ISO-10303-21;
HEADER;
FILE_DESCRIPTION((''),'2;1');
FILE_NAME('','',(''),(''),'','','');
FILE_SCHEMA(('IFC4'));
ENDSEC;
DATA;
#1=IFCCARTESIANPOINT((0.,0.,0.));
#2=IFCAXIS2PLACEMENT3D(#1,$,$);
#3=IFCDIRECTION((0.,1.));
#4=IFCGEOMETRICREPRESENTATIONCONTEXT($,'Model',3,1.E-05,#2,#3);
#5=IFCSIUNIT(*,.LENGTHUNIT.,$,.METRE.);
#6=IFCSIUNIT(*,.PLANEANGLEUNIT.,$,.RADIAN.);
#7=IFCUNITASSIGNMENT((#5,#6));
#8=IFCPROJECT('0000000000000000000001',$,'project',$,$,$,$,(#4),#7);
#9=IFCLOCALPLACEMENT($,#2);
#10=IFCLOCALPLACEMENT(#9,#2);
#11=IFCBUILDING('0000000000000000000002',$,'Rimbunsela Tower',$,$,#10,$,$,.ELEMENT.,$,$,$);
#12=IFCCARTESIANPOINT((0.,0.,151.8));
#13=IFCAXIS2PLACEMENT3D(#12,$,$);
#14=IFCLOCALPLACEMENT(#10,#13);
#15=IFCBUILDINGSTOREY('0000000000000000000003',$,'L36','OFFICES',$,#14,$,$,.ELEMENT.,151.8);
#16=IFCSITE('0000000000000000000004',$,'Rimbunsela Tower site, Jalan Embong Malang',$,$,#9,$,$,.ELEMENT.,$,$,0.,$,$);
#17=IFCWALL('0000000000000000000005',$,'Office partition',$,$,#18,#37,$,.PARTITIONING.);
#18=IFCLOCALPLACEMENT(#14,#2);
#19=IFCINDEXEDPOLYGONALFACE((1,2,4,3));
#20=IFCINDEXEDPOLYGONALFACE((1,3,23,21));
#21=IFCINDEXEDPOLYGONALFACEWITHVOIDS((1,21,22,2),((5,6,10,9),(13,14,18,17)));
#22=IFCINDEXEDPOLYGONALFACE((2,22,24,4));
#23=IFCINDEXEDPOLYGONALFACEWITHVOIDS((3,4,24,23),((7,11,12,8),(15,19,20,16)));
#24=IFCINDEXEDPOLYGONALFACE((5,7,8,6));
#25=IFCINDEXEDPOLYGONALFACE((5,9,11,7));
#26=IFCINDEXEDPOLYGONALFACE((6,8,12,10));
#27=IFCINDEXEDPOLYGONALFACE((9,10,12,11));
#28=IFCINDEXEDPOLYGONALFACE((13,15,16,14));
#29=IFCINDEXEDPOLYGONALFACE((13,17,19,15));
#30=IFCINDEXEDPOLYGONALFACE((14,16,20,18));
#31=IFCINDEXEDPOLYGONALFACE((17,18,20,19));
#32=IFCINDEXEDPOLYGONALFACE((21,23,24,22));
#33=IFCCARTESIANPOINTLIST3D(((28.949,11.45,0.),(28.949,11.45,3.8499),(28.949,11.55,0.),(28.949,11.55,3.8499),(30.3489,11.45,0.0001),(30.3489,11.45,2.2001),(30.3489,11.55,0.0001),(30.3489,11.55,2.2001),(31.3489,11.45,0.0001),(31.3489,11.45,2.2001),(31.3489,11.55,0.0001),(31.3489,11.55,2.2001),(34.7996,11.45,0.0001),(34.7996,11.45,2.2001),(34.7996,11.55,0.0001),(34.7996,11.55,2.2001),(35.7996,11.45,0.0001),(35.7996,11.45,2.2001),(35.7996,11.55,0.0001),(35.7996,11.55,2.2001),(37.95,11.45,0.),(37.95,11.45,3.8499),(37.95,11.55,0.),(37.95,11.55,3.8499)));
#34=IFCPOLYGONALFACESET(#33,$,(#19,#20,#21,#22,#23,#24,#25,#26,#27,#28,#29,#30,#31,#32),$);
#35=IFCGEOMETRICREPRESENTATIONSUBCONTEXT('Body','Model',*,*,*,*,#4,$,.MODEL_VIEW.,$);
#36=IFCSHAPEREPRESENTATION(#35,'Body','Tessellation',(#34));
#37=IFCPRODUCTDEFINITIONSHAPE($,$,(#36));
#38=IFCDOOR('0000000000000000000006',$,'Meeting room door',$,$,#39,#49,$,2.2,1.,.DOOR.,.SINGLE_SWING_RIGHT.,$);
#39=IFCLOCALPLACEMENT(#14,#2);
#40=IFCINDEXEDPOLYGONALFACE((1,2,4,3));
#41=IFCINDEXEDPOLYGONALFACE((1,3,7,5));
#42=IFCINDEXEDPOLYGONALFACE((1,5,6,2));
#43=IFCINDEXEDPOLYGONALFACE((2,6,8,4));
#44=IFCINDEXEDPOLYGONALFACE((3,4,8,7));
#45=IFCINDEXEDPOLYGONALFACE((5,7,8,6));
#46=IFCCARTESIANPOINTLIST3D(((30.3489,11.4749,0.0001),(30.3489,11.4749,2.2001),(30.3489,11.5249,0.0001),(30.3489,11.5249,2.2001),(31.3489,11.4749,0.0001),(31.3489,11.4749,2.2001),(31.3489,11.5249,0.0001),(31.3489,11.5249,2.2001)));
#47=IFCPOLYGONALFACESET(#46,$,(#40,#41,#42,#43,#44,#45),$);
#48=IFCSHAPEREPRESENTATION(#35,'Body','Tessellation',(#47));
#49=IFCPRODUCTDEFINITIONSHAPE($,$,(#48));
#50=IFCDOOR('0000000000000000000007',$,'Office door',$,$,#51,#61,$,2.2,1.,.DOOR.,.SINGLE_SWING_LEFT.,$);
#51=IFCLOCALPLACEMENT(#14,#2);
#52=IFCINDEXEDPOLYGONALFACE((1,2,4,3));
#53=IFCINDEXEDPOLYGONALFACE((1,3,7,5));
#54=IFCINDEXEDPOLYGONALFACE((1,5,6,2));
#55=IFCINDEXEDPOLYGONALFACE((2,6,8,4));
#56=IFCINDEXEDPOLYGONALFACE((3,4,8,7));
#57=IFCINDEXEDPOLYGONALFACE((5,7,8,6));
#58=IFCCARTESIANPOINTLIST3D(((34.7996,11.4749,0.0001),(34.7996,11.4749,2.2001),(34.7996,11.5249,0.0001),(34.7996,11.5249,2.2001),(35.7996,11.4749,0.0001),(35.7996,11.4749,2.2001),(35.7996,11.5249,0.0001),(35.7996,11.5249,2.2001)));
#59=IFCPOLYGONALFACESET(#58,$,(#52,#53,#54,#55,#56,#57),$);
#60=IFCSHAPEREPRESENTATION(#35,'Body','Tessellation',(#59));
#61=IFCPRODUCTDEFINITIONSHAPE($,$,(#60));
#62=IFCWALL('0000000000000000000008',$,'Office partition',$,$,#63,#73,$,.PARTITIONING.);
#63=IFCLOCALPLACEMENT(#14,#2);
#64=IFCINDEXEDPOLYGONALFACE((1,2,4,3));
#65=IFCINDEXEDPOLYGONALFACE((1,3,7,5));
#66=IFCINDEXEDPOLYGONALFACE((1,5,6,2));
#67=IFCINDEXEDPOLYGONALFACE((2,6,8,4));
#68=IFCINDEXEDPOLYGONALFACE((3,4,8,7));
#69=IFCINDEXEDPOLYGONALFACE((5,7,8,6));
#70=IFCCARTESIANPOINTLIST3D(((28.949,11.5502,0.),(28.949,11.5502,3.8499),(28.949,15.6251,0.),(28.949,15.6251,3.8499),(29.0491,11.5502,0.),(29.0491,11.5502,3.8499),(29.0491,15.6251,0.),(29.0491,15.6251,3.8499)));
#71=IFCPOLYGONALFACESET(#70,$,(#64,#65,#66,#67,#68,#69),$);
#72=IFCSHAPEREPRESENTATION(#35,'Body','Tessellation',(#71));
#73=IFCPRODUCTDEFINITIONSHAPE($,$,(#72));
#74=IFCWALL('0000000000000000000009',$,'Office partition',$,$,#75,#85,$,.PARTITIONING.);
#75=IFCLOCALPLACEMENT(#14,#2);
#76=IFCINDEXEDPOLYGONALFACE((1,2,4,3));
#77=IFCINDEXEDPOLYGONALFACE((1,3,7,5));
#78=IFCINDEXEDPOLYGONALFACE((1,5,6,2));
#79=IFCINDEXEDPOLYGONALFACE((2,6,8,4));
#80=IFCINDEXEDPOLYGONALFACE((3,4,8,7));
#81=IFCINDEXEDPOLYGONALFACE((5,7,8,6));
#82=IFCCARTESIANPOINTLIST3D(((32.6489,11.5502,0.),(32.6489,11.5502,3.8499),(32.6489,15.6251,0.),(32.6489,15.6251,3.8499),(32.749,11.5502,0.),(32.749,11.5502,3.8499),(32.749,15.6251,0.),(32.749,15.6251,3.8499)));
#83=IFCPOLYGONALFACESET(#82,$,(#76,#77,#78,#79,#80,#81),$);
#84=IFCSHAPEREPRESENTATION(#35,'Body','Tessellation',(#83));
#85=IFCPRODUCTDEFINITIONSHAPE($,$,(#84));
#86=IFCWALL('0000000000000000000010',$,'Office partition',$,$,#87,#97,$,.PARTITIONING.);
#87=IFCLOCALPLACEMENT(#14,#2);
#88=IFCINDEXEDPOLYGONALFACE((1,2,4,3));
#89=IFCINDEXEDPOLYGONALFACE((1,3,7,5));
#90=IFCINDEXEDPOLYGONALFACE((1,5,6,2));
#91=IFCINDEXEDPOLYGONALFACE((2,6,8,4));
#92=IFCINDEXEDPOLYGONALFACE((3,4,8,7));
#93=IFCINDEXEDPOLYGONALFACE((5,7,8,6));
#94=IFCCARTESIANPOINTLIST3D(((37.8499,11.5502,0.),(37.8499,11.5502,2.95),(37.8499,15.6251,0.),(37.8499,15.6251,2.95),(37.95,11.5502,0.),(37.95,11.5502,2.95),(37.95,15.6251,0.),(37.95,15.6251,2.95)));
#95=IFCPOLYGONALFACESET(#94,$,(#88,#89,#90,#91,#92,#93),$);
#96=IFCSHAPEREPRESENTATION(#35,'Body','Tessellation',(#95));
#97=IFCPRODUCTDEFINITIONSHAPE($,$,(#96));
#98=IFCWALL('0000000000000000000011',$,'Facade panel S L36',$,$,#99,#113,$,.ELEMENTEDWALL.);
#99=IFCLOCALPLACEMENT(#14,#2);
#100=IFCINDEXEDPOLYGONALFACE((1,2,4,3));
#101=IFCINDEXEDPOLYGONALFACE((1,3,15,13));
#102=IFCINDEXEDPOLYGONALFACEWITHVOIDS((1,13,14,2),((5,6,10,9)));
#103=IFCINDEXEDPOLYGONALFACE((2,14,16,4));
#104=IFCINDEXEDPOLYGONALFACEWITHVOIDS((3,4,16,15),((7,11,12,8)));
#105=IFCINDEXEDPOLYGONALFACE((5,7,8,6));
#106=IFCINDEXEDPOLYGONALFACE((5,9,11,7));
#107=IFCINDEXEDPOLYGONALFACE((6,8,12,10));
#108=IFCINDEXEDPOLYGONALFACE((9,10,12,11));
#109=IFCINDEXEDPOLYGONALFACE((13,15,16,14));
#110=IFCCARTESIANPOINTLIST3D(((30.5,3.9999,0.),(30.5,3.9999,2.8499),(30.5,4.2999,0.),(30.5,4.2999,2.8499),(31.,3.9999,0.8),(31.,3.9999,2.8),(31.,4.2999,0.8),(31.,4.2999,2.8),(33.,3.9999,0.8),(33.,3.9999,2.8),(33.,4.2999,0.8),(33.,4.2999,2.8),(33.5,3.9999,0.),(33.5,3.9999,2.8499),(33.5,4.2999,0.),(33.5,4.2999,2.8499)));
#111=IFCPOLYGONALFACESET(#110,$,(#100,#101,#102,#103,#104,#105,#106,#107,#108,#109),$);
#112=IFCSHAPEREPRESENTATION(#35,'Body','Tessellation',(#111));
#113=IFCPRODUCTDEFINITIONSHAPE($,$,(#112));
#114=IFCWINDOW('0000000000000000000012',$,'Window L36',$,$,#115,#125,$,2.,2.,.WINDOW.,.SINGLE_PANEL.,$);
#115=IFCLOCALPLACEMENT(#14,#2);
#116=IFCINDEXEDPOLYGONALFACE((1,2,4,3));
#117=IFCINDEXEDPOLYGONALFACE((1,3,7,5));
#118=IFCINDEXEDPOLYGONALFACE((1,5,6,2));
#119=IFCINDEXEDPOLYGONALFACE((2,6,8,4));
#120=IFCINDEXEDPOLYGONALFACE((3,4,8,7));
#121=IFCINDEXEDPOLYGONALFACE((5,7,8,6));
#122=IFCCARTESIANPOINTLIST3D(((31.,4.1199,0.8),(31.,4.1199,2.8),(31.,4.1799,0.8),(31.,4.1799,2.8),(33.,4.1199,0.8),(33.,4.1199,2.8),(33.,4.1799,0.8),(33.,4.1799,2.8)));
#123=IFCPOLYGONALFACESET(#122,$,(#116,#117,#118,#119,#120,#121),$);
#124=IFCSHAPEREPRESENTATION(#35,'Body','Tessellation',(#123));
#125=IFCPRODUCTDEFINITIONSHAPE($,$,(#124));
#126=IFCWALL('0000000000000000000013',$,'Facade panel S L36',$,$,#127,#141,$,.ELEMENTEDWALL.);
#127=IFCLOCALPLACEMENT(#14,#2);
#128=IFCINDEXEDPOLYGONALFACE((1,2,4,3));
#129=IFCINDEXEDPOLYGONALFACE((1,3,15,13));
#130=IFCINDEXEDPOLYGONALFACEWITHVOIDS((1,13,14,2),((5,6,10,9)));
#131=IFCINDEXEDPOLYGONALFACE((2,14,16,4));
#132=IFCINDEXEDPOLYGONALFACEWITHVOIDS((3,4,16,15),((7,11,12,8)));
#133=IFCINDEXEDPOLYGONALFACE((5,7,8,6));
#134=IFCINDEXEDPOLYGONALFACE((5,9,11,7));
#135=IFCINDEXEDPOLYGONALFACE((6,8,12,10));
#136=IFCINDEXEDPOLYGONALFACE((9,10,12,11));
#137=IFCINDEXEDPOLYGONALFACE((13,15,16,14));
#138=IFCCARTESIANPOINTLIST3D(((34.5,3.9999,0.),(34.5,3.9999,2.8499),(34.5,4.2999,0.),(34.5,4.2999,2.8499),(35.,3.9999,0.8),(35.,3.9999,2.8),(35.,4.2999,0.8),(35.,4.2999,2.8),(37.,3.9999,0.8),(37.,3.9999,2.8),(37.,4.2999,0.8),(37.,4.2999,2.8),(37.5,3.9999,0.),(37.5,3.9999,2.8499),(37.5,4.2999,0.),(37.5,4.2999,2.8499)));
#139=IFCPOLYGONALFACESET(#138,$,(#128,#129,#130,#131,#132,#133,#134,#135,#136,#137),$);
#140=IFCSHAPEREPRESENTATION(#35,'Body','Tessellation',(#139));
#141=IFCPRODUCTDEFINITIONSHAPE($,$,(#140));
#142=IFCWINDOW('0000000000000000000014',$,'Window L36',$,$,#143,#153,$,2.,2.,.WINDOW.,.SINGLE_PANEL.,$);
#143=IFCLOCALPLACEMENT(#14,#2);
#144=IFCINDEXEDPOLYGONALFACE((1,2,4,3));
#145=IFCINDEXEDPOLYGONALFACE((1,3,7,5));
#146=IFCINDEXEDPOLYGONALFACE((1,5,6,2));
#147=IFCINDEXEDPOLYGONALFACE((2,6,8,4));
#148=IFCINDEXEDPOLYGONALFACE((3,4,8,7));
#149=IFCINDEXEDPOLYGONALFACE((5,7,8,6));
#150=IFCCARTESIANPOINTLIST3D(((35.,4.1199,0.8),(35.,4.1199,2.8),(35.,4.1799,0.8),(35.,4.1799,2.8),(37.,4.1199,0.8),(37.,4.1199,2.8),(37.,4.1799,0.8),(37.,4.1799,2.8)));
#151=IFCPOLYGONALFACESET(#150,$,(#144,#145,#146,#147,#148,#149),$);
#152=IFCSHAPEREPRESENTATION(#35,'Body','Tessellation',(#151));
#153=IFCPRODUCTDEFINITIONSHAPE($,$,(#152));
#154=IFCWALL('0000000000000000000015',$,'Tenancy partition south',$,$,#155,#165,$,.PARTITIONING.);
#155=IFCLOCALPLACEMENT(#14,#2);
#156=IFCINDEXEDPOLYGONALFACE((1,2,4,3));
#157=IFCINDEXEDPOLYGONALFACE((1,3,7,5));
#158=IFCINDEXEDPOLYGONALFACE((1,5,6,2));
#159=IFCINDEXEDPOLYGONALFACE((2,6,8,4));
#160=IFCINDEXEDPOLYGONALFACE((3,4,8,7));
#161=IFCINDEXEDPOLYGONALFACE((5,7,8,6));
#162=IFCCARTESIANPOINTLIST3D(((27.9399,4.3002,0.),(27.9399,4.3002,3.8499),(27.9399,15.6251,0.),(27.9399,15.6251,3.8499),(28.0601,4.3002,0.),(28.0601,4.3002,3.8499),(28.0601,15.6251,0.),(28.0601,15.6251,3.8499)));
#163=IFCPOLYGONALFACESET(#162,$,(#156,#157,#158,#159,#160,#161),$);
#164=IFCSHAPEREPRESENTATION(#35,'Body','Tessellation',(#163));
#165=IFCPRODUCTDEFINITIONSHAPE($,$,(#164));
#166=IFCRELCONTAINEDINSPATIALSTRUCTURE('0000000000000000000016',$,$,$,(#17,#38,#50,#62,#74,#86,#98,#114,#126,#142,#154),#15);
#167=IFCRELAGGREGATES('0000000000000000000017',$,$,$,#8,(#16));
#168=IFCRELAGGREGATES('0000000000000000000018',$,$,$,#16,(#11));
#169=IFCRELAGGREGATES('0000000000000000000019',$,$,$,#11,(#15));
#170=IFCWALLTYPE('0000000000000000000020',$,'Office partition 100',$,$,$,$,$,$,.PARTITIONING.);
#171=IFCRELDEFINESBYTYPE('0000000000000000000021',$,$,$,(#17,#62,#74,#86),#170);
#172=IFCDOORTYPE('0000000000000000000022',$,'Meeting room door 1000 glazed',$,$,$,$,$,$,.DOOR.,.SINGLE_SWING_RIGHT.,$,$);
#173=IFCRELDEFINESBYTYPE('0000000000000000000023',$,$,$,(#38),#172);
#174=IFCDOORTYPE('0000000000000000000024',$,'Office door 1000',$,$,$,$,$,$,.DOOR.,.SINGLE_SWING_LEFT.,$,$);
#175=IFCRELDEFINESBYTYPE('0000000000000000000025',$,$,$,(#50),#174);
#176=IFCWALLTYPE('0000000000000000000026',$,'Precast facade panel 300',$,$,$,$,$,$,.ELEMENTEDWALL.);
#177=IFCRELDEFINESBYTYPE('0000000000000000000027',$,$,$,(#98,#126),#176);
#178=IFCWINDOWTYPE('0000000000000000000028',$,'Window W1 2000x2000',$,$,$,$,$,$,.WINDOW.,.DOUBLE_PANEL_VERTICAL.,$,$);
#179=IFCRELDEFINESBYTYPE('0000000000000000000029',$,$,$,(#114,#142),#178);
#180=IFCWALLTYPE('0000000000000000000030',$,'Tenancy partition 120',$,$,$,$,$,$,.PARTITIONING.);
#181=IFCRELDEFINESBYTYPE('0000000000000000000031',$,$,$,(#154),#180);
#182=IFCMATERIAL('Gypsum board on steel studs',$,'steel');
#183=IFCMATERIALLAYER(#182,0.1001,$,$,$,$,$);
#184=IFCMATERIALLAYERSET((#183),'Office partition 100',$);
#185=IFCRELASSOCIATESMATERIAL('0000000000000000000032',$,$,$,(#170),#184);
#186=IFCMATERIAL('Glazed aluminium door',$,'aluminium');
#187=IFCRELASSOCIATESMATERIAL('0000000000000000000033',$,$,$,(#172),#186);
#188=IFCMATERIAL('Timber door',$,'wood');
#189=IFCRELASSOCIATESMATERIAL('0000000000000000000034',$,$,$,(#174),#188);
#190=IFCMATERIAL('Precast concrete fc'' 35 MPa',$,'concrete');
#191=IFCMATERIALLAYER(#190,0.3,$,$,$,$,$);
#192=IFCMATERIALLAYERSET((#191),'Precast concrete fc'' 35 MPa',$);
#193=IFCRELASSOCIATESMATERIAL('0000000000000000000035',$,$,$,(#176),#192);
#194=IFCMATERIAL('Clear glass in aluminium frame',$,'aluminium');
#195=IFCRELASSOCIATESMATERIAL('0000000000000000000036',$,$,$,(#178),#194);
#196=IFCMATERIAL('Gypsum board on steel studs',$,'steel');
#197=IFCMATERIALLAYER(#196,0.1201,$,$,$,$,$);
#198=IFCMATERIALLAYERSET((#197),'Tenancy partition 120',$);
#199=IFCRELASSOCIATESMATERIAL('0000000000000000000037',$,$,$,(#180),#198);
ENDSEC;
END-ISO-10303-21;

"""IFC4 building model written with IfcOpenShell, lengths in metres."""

from ifc_helpers import new_model, si_unit, direction, frame, frame_2d, origin, place, context, subcontext, project, spatial, rectangle, extrude, material, layer, layer_set, type_object, element, fill, save


model = new_model("IFC4")

# Units and contexts
model_context = context("Model", 3, precision=1e-05, world=origin(), true_north=direction((0.0, 1.0)))
body_context = subcontext(model_context, "Body", "Model", "MODEL_VIEW")
ifc_project = project(units=[si_unit("LENGTHUNIT", "METRE"), si_unit("PLANEANGLEUNIT", "RADIAN")], contexts=[model_context])

# Site, building, storey
site_placement = place(None, origin())
site = spatial("IfcSite", under=ifc_project, at=site_placement, Name="Rimbunsela Tower site, Jalan Embong Malang", CompositionType="ELEMENT", RefElevation=0.0)
building_placement = place(site_placement, origin())
building = spatial("IfcBuilding", under=site, at=building_placement, Name="Rimbunsela Tower", CompositionType="ELEMENT")
storey_placement = place(building_placement, frame((0.0, 0.0, 151.8)))
storey = spatial("IfcBuildingStorey", under=building, at=storey_placement, Name="L36", Description="OFFICES", CompositionType="ELEMENT", Elevation=151.8)

# Wall, openings, doors
ifc_material_1 = material(Name="Gypsum board on steel studs", Category="steel")
ifc_layer_1 = layer(ifc_material_1, 0.1001)
ifc_layer_set_1 = layer_set([ifc_layer_1], Name="Office partition 100")
wall_type_1 = type_object("IfcWallType", Name="Office partition 100", PredefinedType="PARTITIONING", material=ifc_layer_set_1)
wall_1_placement = place(storey_placement, frame((28.949, 11.5, 0.0), z_axis=(0.0, 0.0, 1.0), x_axis=(1.0, 0.0, 0.0)))
wall_1 = element("IfcWall", 1, at=wall_1_placement, inside=storey, type_object=wall_type_1, Name="Office partition", PredefinedType="PARTITIONING", context=body_context, shape_type="SweptSolid", body=[
    extrude(rectangle(XDim=9.001, YDim=0.1001, at=frame_2d((4.5005, 0.0))), origin(), (0.0, 0.0, 1.0), 3.8499),
])
opening_1_placement = place(wall_1_placement, frame((1.3999, 0.0, 0.0)))
opening_1 = element("IfcOpeningElement", 2, at=opening_1_placement, cuts=wall_1, PredefinedType="OPENING", context=body_context, shape_type="SweptSolid", body=[
    extrude(rectangle(XDim=1.0, YDim=2.2, at=frame_2d((0.5, 1.1001))), frame((0.0, 0.0601, 0.0), z_axis=(0.0, -1.0, 0.0), x_axis=(1.0, 0.0, 0.0)), (0.0, 0.0, 1.0), 0.1201),
])
opening_2_placement = place(wall_1_placement, frame((5.8506, 0.0, 0.0)))
opening_2 = element("IfcOpeningElement", 3, at=opening_2_placement, cuts=wall_1, PredefinedType="OPENING", context=body_context, shape_type="SweptSolid", body=[
    extrude(rectangle(XDim=1.0, YDim=2.2, at=frame_2d((0.5, 1.1001))), frame((0.0, 0.0601, 0.0), z_axis=(0.0, -1.0, 0.0), x_axis=(1.0, 0.0, 0.0)), (0.0, 0.0, 1.0), 0.1201),
])
ifc_material_2 = material(Name="Glazed aluminium door", Category="aluminium")
door_type_1 = type_object("IfcDoorType", Name="Meeting room door 1000 glazed", OperationType="SINGLE_SWING_RIGHT", PredefinedType="DOOR", material=ifc_material_2)
door_1_placement = place(opening_1_placement, origin())
door_1 = element("IfcDoor", 4, at=door_1_placement, inside=storey, type_object=door_type_1, Name="Meeting room door", OperationType="SINGLE_SWING_RIGHT", OverallHeight=2.2, OverallWidth=1.0, PredefinedType="DOOR", context=body_context, shape_type="SweptSolid", body=[
    extrude(rectangle(XDim=1.0, YDim=2.2, at=frame_2d((0.5, 1.1001))), frame((0.0, 0.0249, 0.0), z_axis=(0.0, -1.0, 0.0), x_axis=(1.0, 0.0, 0.0)), (0.0, 0.0, 1.0), 0.05),
])
fill(opening_1, door_1)
ifc_material_3 = material(Name="Timber door", Category="wood")
door_type_2 = type_object("IfcDoorType", Name="Office door 1000", OperationType="SINGLE_SWING_LEFT", PredefinedType="DOOR", material=ifc_material_3)
door_2_placement = place(opening_2_placement, origin())
door_2 = element("IfcDoor", 5, at=door_2_placement, inside=storey, type_object=door_type_2, Name="Office door", OperationType="SINGLE_SWING_LEFT", OverallHeight=2.2, OverallWidth=1.0, PredefinedType="DOOR", context=body_context, shape_type="SweptSolid", body=[
    extrude(rectangle(XDim=1.0, YDim=2.2, at=frame_2d((0.5, 1.1001))), frame((0.0, 0.0249, 0.0), z_axis=(0.0, -1.0, 0.0), x_axis=(1.0, 0.0, 0.0)), (0.0, 0.0, 1.0), 0.05),
])
fill(opening_2, door_2)

# Walls
for number, where, z_axis, x_axis, name in (
    (6, (28.999, 11.55, 0.0), (0.0, 0.0, 1.0), (0.0, 1.0, 0.0), "Office partition"),
    (7, (32.699, 11.55, 0.0), (0.0, 0.0, 1.0), (0.0, 1.0, 0.0), "Office partition"),
):
    element("IfcWall", number, at=place(storey_placement, frame(where, z_axis=z_axis, x_axis=x_axis)), inside=storey, type_object=wall_type_1, Name=name, PredefinedType="PARTITIONING", context=body_context, shape_type="SweptSolid", body=[
        extrude(rectangle(XDim=4.075, YDim=0.1001, at=frame_2d((2.0376, 0.0))), origin(), (0.0, 0.0, 1.0), 3.8499),
    ])
wall_2_placement = place(storey_placement, frame((37.8999, 11.55, 0.0), z_axis=(0.0, 0.0, 1.0), x_axis=(0.0, 1.0, 0.0)))
element("IfcWall", 8, at=wall_2_placement, inside=storey, type_object=wall_type_1, Name="Office partition", PredefinedType="PARTITIONING", context=body_context, shape_type="SweptSolid", body=[
    extrude(rectangle(XDim=4.075, YDim=0.1001, at=frame_2d((2.0376, 0.0))), origin(), (0.0, 0.0, 1.0), 2.95),
])

# Walls, openings, windows
ifc_material_4 = material(Name="Precast concrete fc' 35 MPa", Category="concrete")
ifc_layer_2 = layer(ifc_material_4, 0.3)
ifc_layer_set_2 = layer_set([ifc_layer_2], Name="Precast concrete fc' 35 MPa")
wall_type_2 = type_object("IfcWallType", Name="Precast facade panel 300", PredefinedType="ELEMENTEDWALL", material=ifc_layer_set_2)
wall_3_placement = place(storey_placement, frame((30.5, 4.1499, 0.0), z_axis=(0.0, 0.0, 1.0), x_axis=(1.0, 0.0, 0.0)))
wall_3 = element("IfcWall", 9, at=wall_3_placement, inside=storey, type_object=wall_type_2, Name="Facade panel S L36", PredefinedType="ELEMENTEDWALL", context=body_context, shape_type="SweptSolid", body=[
    extrude(rectangle(XDim=3.0, YDim=0.3, at=frame_2d((1.5, 0.0))), origin(), (0.0, 0.0, 1.0), 2.8499),
])
opening_3_placement = place(wall_3_placement, frame((0.5, 0.0, 0.8)))
opening_3 = element("IfcOpeningElement", 10, at=opening_3_placement, cuts=wall_3, PredefinedType="OPENING", context=body_context, shape_type="SweptSolid", body=[
    extrude(rectangle(XDim=2.0, YDim=2.0, at=frame_2d((1.0, 1.0))), frame((0.0, 0.1599, 0.0), z_axis=(0.0, -1.0, 0.0), x_axis=(1.0, 0.0, 0.0)), (0.0, 0.0, 1.0), 0.3201),
])
ifc_material_5 = material(Name="Clear glass in aluminium frame", Category="aluminium")
window_type = type_object("IfcWindowType", Name="Window W1 2000x2000", PartitioningType="DOUBLE_PANEL_VERTICAL", PredefinedType="WINDOW", material=ifc_material_5)
window_1_placement = place(opening_3_placement, origin())
window_1 = element("IfcWindow", 11, at=window_1_placement, inside=storey, type_object=window_type, Name="Window L36", OverallHeight=2.0, OverallWidth=2.0, PartitioningType="SINGLE_PANEL", PredefinedType="WINDOW", context=body_context, shape_type="SweptSolid", body=[
    extrude(rectangle(XDim=2.0, YDim=2.0, at=frame_2d((1.0, 1.0))), frame((0.0, 0.03, 0.0), z_axis=(0.0, -1.0, 0.0), x_axis=(1.0, 0.0, 0.0)), (0.0, 0.0, 1.0), 0.0601),
])
fill(opening_3, window_1)
wall_4_placement = place(storey_placement, frame((34.5, 4.1499, 0.0), z_axis=(0.0, 0.0, 1.0), x_axis=(1.0, 0.0, 0.0)))
wall_4 = element("IfcWall", 12, at=wall_4_placement, inside=storey, type_object=wall_type_2, Name="Facade panel S L36", PredefinedType="ELEMENTEDWALL", context=body_context, shape_type="SweptSolid", body=[
    extrude(rectangle(XDim=3.0, YDim=0.3, at=frame_2d((1.5, 0.0))), origin(), (0.0, 0.0, 1.0), 2.8499),
])
opening_4_placement = place(wall_4_placement, frame((0.5, 0.0, 0.8)))
opening_4 = element("IfcOpeningElement", 13, at=opening_4_placement, cuts=wall_4, PredefinedType="OPENING", context=body_context, shape_type="SweptSolid", body=[
    extrude(rectangle(XDim=2.0, YDim=2.0, at=frame_2d((1.0, 1.0))), frame((0.0, 0.1599, 0.0), z_axis=(0.0, -1.0, 0.0), x_axis=(1.0, 0.0, 0.0)), (0.0, 0.0, 1.0), 0.3201),
])
window_2_placement = place(opening_4_placement, origin())
window_2 = element("IfcWindow", 14, at=window_2_placement, inside=storey, type_object=window_type, Name="Window L36", OverallHeight=2.0, OverallWidth=2.0, PartitioningType="SINGLE_PANEL", PredefinedType="WINDOW", context=body_context, shape_type="SweptSolid", body=[
    extrude(rectangle(XDim=2.0, YDim=2.0, at=frame_2d((1.0, 1.0))), frame((0.0, 0.03, 0.0), z_axis=(0.0, -1.0, 0.0), x_axis=(1.0, 0.0, 0.0)), (0.0, 0.0, 1.0), 0.0601),
])
fill(opening_4, window_2)

# Wall
ifc_material_6 = material(Name="Gypsum board on steel studs", Category="steel")
ifc_layer_3 = layer(ifc_material_6, 0.1201)
ifc_layer_set_3 = layer_set([ifc_layer_3], Name="Tenancy partition 120")
wall_type_3 = type_object("IfcWallType", Name="Tenancy partition 120", PredefinedType="PARTITIONING", material=ifc_layer_set_3)
wall_5_placement = place(storey_placement, frame((28.0, 4.3, 0.0), z_axis=(0.0, 0.0, 1.0), x_axis=(0.0, 1.0, 0.0)))
element("IfcWall", 15, at=wall_5_placement, inside=storey, type_object=wall_type_3, Name="Tenancy partition south", PredefinedType="PARTITIONING", context=body_context, shape_type="SweptSolid", body=[
    extrude(rectangle(XDim=11.325, YDim=0.1201, at=frame_2d((5.6626, 0.0))), origin(), (0.0, 0.0, 1.0), 3.8499),
])

save(model, "model.ifc")
